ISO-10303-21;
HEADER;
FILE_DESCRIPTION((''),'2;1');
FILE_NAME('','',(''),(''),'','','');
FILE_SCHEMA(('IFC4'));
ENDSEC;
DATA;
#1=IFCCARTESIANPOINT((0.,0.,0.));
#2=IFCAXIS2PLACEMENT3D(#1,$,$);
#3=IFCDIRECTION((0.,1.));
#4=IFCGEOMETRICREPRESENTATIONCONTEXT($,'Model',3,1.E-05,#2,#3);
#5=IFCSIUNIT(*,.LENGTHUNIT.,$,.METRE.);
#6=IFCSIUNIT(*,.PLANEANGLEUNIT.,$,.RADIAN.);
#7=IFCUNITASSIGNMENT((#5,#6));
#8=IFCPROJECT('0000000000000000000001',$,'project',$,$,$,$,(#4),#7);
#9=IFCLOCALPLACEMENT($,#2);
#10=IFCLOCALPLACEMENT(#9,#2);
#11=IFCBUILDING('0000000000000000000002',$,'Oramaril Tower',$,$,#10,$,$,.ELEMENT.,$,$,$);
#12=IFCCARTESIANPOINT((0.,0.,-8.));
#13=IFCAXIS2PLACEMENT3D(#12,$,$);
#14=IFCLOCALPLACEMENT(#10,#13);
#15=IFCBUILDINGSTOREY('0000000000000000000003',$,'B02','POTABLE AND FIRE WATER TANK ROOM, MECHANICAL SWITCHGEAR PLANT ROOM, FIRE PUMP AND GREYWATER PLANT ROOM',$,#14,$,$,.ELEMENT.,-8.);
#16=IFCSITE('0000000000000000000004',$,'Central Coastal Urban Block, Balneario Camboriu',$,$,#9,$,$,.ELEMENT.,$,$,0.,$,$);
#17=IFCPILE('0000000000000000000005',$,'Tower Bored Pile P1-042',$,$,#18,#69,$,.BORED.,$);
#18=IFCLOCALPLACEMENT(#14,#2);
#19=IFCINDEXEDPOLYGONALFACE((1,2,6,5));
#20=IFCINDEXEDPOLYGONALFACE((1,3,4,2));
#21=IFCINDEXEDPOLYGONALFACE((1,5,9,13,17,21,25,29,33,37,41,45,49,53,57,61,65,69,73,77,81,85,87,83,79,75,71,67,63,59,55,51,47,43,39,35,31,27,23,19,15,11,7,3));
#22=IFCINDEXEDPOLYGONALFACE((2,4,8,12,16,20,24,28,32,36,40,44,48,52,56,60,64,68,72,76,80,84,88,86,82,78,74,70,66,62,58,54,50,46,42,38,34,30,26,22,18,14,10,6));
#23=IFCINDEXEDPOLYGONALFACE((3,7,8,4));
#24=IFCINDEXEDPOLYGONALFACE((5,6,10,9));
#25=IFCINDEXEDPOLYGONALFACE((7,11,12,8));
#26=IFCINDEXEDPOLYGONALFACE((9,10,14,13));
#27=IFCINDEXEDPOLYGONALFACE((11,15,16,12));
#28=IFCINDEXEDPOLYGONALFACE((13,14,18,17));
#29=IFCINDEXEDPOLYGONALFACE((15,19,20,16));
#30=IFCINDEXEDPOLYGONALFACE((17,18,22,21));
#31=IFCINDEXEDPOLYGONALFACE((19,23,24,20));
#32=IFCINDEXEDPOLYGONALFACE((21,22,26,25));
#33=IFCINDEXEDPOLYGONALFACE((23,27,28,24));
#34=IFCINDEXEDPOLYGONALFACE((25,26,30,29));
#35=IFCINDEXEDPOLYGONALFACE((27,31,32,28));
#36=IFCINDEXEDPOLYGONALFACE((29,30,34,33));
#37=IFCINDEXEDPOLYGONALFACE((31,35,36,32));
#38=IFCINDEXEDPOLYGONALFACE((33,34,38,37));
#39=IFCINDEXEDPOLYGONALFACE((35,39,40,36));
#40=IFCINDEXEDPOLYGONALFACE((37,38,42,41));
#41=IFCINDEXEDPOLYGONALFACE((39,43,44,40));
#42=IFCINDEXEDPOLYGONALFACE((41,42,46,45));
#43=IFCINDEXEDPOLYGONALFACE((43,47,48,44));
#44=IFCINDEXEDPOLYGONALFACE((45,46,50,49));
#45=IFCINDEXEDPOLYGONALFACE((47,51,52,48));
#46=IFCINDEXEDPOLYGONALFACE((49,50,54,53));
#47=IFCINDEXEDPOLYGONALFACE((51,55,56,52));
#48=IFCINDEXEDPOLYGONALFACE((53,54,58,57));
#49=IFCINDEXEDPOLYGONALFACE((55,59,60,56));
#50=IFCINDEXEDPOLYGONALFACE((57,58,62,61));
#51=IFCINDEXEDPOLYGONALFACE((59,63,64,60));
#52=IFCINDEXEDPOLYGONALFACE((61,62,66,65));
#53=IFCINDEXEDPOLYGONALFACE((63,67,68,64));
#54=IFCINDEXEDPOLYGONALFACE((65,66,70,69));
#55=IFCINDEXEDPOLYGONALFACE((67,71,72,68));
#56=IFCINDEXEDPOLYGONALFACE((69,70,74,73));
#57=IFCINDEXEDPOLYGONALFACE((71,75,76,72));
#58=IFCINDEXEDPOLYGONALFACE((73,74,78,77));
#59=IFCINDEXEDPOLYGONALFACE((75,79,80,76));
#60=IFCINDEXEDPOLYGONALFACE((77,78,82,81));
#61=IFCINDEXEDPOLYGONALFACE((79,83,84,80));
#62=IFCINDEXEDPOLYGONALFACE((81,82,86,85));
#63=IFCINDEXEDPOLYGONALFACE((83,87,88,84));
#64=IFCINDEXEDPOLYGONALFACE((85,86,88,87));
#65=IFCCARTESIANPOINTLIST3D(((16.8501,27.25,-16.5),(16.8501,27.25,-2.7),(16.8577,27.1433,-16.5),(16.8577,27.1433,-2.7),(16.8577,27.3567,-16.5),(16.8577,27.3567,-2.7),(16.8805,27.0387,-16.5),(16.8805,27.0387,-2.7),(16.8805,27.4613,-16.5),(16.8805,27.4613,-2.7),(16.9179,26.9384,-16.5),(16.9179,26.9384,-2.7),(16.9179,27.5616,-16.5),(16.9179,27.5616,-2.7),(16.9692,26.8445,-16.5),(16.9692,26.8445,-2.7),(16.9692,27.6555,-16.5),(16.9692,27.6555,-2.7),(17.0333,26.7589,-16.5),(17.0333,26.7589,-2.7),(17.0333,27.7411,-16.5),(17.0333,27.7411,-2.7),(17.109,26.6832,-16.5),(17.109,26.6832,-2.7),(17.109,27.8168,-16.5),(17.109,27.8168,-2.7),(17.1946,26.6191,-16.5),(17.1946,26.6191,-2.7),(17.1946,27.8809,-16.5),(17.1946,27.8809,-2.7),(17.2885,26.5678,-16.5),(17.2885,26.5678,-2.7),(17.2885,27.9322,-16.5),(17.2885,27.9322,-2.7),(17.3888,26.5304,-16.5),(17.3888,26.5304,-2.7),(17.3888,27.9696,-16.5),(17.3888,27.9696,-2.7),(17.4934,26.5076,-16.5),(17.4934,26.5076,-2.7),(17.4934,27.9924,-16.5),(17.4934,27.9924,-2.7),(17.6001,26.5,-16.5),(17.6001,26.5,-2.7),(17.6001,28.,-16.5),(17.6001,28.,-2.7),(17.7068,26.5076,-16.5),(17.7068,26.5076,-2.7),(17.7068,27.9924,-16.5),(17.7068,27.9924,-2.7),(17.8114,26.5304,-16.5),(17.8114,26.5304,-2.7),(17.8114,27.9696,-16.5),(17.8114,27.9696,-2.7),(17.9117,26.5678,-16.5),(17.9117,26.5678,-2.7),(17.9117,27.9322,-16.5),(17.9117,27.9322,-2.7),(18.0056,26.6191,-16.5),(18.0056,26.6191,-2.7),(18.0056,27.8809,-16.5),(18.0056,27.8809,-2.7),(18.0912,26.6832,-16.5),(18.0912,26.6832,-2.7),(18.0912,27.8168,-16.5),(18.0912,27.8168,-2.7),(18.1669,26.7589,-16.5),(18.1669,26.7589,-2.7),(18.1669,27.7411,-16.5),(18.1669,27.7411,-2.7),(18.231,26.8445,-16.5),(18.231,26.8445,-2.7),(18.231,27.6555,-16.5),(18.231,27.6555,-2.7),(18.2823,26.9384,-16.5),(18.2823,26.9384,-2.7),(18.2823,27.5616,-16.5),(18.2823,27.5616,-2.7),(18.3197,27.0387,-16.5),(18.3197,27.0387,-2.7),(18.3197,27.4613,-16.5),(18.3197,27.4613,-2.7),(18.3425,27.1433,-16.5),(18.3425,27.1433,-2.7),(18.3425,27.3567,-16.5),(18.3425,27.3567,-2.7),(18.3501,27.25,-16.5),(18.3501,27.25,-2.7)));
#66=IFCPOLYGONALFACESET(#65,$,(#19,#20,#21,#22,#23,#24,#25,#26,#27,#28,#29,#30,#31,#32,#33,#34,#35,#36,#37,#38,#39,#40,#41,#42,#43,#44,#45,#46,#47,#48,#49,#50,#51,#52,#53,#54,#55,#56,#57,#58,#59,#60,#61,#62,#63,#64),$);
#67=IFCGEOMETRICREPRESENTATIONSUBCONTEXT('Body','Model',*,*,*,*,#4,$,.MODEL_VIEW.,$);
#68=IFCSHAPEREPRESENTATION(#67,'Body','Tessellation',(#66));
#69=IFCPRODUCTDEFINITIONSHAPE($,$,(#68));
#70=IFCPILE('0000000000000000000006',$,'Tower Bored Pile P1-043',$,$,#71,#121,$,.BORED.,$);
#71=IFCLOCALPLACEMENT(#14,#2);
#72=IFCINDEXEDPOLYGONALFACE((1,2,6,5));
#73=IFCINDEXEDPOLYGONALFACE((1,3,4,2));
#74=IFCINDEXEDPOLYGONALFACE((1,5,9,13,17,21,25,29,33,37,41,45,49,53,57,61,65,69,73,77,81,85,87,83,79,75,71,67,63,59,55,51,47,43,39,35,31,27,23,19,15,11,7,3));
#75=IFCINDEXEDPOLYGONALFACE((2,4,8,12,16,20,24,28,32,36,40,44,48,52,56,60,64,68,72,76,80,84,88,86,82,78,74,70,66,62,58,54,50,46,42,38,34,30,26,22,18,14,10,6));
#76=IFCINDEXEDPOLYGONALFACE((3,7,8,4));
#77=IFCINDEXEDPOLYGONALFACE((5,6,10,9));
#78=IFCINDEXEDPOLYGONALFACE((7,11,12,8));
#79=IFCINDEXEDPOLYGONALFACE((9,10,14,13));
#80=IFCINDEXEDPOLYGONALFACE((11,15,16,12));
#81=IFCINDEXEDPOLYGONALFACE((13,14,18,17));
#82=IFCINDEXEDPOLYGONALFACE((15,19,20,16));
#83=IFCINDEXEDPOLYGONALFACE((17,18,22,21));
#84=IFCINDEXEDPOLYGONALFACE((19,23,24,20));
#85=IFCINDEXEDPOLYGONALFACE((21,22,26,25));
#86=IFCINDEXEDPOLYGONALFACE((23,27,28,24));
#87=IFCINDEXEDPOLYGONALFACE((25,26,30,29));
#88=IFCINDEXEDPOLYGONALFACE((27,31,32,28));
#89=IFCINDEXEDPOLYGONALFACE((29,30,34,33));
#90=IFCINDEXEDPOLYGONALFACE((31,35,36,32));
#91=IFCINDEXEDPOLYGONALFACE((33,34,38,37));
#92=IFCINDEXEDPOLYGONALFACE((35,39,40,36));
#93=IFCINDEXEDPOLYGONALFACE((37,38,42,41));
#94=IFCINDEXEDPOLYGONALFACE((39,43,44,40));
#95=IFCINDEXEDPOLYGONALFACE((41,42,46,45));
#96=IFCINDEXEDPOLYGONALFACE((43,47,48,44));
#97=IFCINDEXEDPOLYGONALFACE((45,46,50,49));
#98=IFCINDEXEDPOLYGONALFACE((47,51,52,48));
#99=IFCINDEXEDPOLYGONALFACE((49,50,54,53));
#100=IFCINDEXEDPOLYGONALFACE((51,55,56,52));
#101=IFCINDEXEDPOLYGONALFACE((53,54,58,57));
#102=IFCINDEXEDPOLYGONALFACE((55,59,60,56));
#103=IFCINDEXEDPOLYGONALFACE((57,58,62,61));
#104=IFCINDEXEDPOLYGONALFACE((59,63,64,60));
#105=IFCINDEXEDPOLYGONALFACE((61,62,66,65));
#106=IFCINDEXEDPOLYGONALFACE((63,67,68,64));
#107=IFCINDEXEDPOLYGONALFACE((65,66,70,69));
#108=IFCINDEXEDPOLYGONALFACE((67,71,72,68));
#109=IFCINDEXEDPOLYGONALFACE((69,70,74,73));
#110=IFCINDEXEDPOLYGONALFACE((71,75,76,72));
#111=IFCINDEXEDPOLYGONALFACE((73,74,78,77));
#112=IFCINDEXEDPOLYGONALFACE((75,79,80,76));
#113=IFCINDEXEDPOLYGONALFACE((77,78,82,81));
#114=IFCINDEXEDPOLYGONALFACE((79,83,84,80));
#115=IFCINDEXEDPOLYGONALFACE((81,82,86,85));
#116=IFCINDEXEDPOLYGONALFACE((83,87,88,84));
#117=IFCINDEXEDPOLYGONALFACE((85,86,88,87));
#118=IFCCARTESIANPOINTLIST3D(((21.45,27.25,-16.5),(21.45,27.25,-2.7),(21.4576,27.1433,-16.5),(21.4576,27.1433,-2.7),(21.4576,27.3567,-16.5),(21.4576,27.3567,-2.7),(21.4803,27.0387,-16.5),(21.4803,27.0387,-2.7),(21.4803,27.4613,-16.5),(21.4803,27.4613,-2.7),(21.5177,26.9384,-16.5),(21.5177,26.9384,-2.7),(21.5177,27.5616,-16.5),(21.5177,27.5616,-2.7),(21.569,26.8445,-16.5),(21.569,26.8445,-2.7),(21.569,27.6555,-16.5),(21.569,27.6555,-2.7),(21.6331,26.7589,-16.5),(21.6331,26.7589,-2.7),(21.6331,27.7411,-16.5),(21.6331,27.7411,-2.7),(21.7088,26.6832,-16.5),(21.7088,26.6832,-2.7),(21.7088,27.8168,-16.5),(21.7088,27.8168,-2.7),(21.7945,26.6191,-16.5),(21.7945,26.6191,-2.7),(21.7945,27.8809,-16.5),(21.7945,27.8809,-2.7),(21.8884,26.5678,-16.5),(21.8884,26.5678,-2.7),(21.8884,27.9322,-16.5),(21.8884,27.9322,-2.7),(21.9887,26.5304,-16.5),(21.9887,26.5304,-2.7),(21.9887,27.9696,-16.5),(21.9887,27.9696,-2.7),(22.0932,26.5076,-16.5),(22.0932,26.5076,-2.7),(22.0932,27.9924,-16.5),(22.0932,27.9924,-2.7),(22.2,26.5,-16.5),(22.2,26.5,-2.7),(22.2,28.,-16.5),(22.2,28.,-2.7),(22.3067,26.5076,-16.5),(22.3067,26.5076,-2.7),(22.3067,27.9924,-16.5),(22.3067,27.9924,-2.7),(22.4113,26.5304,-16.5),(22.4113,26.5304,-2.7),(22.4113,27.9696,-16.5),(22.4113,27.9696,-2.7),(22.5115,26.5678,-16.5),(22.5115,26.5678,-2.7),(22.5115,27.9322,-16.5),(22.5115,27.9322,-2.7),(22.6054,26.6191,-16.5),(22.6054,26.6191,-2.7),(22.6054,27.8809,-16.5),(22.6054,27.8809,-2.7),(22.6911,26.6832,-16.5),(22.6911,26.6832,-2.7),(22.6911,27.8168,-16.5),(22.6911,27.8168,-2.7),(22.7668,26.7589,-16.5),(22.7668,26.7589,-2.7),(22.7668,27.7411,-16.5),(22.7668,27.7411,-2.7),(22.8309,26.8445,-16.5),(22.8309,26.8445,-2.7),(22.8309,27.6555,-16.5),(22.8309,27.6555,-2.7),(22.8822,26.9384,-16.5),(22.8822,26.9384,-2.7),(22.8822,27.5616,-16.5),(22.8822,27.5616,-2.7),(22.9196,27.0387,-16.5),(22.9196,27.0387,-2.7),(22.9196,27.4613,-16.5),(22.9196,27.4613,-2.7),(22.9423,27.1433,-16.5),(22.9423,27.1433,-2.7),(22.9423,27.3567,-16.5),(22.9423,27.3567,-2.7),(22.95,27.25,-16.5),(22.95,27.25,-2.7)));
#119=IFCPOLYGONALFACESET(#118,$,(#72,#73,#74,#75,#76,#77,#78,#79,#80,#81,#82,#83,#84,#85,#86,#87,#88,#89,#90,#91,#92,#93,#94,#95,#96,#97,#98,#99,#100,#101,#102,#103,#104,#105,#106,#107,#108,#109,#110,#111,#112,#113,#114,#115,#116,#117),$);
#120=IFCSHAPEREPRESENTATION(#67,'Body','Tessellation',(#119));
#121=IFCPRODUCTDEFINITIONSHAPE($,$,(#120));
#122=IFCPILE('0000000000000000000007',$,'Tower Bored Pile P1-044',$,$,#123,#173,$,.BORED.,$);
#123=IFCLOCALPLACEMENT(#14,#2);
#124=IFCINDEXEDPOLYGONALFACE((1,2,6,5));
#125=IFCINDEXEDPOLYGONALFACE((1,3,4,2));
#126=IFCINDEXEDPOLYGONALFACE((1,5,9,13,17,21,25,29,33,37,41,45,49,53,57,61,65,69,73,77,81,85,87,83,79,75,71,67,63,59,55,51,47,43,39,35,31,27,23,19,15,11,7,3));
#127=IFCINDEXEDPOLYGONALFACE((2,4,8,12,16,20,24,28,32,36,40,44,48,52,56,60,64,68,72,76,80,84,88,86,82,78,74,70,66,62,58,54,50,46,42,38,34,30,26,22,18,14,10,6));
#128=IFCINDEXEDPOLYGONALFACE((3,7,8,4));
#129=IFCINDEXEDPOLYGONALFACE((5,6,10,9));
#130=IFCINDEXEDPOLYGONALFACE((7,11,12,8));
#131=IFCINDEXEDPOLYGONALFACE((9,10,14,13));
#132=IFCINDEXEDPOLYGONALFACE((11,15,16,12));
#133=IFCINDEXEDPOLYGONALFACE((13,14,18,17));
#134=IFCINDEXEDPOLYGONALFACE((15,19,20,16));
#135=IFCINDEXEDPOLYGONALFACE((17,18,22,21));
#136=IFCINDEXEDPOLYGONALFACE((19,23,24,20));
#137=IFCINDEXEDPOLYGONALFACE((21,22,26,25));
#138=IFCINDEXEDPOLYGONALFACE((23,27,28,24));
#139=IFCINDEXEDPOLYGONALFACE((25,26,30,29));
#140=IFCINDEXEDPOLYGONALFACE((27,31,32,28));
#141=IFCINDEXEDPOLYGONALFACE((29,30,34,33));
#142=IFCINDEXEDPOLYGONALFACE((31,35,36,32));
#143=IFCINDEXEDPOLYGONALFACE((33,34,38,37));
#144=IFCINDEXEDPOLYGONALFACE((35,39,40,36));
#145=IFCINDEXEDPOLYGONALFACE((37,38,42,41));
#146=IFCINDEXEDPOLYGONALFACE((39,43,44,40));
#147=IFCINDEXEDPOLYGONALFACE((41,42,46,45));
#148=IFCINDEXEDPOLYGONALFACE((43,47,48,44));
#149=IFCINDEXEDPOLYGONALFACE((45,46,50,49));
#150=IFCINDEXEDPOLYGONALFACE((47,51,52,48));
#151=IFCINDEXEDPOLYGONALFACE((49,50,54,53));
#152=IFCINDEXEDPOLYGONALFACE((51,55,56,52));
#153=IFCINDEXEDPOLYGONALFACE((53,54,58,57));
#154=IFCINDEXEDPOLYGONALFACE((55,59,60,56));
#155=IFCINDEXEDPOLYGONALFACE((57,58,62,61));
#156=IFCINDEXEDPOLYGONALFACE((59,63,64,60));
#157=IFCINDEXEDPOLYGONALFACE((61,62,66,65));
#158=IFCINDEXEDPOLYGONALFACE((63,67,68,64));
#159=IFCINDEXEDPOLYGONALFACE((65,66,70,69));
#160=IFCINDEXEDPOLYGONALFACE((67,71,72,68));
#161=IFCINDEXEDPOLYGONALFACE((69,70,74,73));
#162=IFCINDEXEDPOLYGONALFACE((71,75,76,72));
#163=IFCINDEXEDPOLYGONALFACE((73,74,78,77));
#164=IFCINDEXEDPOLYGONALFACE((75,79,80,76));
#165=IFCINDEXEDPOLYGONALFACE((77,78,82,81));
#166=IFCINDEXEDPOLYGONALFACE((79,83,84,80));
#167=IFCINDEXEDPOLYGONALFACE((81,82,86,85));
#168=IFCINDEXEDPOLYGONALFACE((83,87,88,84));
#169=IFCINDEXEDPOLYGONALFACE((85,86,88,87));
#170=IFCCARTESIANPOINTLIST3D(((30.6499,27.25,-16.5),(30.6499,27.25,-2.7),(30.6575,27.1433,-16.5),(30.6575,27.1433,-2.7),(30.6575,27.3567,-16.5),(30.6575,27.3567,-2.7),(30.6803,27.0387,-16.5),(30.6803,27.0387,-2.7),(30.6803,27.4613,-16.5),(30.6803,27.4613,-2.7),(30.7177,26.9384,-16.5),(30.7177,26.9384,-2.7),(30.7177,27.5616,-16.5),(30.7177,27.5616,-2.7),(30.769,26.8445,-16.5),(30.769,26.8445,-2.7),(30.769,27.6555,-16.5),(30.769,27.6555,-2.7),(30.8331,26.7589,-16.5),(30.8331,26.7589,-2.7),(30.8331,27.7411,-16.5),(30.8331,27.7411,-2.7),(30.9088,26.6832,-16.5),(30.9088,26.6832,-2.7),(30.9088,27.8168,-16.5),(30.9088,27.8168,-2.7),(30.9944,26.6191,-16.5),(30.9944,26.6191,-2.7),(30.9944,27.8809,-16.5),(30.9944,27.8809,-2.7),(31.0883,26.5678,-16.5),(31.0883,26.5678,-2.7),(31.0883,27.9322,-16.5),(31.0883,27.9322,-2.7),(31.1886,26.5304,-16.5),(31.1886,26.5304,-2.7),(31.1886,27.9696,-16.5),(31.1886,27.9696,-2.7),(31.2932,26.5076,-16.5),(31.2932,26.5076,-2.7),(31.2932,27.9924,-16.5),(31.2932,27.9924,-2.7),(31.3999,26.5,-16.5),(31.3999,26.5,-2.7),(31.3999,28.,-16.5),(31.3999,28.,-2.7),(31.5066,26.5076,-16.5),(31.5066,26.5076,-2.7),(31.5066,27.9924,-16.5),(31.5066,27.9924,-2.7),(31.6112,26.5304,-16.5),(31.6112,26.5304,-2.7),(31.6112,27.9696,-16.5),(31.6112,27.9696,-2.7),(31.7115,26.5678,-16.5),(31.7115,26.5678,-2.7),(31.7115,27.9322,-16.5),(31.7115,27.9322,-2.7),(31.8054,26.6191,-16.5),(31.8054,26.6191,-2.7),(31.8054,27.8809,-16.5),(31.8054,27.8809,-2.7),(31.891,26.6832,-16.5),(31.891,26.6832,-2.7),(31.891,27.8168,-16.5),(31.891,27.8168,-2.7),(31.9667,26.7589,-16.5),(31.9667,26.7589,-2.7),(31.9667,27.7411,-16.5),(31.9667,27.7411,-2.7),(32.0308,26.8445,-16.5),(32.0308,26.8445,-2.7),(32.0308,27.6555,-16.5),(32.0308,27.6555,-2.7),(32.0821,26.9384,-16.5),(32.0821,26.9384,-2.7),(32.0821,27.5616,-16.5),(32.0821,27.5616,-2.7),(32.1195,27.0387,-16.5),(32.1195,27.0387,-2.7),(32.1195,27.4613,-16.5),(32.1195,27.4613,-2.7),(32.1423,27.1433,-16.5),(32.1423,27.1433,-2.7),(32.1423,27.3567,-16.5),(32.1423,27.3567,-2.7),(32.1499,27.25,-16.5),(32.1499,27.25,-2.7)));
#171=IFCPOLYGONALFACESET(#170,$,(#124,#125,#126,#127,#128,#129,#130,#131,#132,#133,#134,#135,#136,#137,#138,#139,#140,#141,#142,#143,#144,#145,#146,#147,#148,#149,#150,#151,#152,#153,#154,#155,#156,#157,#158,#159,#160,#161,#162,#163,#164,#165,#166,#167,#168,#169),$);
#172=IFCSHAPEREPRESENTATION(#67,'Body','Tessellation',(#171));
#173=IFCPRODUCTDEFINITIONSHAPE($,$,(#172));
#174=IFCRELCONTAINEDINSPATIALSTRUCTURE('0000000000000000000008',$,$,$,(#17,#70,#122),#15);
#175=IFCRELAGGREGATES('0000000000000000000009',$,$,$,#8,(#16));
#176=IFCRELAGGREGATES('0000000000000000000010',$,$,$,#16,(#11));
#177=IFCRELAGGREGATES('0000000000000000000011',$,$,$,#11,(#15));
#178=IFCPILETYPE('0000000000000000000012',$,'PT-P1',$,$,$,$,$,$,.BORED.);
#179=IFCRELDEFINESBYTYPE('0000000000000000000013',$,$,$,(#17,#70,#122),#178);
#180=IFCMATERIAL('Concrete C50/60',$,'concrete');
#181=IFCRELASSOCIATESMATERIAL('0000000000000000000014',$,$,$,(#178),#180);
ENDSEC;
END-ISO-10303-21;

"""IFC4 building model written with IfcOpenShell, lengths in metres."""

from ifc_helpers import new_model, si_unit, direction, frame, origin, origin_2d, place, context, subcontext, project, spatial, circle, extrude, material, material_profile, profile_set, type_object, element, save


model = new_model("IFC4")

# Units and contexts
model_context = context("Model", 3, precision=1e-05, world=origin(), true_north=direction((0.0, 1.0)))
body_context = subcontext(model_context, "Body", "Model", "MODEL_VIEW")
ifc_project = project(units=[si_unit("LENGTHUNIT", "METRE"), si_unit("PLANEANGLEUNIT", "RADIAN")], contexts=[model_context])

# Site, building, storey
site_placement = place(None, origin())
site = spatial("IfcSite", under=ifc_project, at=site_placement, Name="Central Coastal Urban Block, Balneario Camboriu", CompositionType="ELEMENT", RefElevation=0.0)
building_placement = place(site_placement, origin())
building = spatial("IfcBuilding", under=site, at=building_placement, Name="Oramaril Tower", CompositionType="ELEMENT")
storey_placement = place(building_placement, frame((0.0, 0.0, -8.0)))
storey = spatial("IfcBuildingStorey", under=building, at=storey_placement, Name="B02", Description="POTABLE AND FIRE WATER TANK ROOM, MECHANICAL SWITCHGEAR PLANT ROOM, FIRE PUMP AND GREYWATER PLANT ROOM", CompositionType="ELEMENT", Elevation=-8.0)

# Piles
ifc_material_1 = material(Name="Concrete C50/60", Category="concrete")
ifc_material_profile_1 = material_profile(ifc_material_1, circle(Radius=0.75, at=origin_2d()), Name="D1500")
ifc_profile_set_1 = profile_set([ifc_material_profile_1], Name="Concrete C50/60")
pile_type = type_object("IfcPileType", Name="PT-P1", PredefinedType="BORED", material=ifc_profile_set_1)
for number, where, z_axis, x_axis, name in (
    (1, (17.6001, 27.25, -2.7), (0.0, 0.0, -1.0), (1.0, 0.0, 0.0), "Tower Bored Pile P1-042"),
    (2, (22.2, 27.25, -2.7), (0.0, 0.0, -1.0), (1.0, 0.0, 0.0), "Tower Bored Pile P1-043"),
    (3, (31.3999, 27.25, -2.7), (0.0, 0.0, -1.0), (1.0, 0.0, 0.0), "Tower Bored Pile P1-044"),
):
    element("IfcPile", number, at=place(storey_placement, frame(where, z_axis=z_axis, x_axis=x_axis)), inside=storey, type_object=pile_type, Name=name, PredefinedType="BORED", context=body_context, shape_type="SweptSolid", body=[
        extrude(circle(Radius=0.75, at=origin_2d()), origin(), (0.0, 0.0, 1.0), 13.8),
    ])

save(model, "model.ifc")
